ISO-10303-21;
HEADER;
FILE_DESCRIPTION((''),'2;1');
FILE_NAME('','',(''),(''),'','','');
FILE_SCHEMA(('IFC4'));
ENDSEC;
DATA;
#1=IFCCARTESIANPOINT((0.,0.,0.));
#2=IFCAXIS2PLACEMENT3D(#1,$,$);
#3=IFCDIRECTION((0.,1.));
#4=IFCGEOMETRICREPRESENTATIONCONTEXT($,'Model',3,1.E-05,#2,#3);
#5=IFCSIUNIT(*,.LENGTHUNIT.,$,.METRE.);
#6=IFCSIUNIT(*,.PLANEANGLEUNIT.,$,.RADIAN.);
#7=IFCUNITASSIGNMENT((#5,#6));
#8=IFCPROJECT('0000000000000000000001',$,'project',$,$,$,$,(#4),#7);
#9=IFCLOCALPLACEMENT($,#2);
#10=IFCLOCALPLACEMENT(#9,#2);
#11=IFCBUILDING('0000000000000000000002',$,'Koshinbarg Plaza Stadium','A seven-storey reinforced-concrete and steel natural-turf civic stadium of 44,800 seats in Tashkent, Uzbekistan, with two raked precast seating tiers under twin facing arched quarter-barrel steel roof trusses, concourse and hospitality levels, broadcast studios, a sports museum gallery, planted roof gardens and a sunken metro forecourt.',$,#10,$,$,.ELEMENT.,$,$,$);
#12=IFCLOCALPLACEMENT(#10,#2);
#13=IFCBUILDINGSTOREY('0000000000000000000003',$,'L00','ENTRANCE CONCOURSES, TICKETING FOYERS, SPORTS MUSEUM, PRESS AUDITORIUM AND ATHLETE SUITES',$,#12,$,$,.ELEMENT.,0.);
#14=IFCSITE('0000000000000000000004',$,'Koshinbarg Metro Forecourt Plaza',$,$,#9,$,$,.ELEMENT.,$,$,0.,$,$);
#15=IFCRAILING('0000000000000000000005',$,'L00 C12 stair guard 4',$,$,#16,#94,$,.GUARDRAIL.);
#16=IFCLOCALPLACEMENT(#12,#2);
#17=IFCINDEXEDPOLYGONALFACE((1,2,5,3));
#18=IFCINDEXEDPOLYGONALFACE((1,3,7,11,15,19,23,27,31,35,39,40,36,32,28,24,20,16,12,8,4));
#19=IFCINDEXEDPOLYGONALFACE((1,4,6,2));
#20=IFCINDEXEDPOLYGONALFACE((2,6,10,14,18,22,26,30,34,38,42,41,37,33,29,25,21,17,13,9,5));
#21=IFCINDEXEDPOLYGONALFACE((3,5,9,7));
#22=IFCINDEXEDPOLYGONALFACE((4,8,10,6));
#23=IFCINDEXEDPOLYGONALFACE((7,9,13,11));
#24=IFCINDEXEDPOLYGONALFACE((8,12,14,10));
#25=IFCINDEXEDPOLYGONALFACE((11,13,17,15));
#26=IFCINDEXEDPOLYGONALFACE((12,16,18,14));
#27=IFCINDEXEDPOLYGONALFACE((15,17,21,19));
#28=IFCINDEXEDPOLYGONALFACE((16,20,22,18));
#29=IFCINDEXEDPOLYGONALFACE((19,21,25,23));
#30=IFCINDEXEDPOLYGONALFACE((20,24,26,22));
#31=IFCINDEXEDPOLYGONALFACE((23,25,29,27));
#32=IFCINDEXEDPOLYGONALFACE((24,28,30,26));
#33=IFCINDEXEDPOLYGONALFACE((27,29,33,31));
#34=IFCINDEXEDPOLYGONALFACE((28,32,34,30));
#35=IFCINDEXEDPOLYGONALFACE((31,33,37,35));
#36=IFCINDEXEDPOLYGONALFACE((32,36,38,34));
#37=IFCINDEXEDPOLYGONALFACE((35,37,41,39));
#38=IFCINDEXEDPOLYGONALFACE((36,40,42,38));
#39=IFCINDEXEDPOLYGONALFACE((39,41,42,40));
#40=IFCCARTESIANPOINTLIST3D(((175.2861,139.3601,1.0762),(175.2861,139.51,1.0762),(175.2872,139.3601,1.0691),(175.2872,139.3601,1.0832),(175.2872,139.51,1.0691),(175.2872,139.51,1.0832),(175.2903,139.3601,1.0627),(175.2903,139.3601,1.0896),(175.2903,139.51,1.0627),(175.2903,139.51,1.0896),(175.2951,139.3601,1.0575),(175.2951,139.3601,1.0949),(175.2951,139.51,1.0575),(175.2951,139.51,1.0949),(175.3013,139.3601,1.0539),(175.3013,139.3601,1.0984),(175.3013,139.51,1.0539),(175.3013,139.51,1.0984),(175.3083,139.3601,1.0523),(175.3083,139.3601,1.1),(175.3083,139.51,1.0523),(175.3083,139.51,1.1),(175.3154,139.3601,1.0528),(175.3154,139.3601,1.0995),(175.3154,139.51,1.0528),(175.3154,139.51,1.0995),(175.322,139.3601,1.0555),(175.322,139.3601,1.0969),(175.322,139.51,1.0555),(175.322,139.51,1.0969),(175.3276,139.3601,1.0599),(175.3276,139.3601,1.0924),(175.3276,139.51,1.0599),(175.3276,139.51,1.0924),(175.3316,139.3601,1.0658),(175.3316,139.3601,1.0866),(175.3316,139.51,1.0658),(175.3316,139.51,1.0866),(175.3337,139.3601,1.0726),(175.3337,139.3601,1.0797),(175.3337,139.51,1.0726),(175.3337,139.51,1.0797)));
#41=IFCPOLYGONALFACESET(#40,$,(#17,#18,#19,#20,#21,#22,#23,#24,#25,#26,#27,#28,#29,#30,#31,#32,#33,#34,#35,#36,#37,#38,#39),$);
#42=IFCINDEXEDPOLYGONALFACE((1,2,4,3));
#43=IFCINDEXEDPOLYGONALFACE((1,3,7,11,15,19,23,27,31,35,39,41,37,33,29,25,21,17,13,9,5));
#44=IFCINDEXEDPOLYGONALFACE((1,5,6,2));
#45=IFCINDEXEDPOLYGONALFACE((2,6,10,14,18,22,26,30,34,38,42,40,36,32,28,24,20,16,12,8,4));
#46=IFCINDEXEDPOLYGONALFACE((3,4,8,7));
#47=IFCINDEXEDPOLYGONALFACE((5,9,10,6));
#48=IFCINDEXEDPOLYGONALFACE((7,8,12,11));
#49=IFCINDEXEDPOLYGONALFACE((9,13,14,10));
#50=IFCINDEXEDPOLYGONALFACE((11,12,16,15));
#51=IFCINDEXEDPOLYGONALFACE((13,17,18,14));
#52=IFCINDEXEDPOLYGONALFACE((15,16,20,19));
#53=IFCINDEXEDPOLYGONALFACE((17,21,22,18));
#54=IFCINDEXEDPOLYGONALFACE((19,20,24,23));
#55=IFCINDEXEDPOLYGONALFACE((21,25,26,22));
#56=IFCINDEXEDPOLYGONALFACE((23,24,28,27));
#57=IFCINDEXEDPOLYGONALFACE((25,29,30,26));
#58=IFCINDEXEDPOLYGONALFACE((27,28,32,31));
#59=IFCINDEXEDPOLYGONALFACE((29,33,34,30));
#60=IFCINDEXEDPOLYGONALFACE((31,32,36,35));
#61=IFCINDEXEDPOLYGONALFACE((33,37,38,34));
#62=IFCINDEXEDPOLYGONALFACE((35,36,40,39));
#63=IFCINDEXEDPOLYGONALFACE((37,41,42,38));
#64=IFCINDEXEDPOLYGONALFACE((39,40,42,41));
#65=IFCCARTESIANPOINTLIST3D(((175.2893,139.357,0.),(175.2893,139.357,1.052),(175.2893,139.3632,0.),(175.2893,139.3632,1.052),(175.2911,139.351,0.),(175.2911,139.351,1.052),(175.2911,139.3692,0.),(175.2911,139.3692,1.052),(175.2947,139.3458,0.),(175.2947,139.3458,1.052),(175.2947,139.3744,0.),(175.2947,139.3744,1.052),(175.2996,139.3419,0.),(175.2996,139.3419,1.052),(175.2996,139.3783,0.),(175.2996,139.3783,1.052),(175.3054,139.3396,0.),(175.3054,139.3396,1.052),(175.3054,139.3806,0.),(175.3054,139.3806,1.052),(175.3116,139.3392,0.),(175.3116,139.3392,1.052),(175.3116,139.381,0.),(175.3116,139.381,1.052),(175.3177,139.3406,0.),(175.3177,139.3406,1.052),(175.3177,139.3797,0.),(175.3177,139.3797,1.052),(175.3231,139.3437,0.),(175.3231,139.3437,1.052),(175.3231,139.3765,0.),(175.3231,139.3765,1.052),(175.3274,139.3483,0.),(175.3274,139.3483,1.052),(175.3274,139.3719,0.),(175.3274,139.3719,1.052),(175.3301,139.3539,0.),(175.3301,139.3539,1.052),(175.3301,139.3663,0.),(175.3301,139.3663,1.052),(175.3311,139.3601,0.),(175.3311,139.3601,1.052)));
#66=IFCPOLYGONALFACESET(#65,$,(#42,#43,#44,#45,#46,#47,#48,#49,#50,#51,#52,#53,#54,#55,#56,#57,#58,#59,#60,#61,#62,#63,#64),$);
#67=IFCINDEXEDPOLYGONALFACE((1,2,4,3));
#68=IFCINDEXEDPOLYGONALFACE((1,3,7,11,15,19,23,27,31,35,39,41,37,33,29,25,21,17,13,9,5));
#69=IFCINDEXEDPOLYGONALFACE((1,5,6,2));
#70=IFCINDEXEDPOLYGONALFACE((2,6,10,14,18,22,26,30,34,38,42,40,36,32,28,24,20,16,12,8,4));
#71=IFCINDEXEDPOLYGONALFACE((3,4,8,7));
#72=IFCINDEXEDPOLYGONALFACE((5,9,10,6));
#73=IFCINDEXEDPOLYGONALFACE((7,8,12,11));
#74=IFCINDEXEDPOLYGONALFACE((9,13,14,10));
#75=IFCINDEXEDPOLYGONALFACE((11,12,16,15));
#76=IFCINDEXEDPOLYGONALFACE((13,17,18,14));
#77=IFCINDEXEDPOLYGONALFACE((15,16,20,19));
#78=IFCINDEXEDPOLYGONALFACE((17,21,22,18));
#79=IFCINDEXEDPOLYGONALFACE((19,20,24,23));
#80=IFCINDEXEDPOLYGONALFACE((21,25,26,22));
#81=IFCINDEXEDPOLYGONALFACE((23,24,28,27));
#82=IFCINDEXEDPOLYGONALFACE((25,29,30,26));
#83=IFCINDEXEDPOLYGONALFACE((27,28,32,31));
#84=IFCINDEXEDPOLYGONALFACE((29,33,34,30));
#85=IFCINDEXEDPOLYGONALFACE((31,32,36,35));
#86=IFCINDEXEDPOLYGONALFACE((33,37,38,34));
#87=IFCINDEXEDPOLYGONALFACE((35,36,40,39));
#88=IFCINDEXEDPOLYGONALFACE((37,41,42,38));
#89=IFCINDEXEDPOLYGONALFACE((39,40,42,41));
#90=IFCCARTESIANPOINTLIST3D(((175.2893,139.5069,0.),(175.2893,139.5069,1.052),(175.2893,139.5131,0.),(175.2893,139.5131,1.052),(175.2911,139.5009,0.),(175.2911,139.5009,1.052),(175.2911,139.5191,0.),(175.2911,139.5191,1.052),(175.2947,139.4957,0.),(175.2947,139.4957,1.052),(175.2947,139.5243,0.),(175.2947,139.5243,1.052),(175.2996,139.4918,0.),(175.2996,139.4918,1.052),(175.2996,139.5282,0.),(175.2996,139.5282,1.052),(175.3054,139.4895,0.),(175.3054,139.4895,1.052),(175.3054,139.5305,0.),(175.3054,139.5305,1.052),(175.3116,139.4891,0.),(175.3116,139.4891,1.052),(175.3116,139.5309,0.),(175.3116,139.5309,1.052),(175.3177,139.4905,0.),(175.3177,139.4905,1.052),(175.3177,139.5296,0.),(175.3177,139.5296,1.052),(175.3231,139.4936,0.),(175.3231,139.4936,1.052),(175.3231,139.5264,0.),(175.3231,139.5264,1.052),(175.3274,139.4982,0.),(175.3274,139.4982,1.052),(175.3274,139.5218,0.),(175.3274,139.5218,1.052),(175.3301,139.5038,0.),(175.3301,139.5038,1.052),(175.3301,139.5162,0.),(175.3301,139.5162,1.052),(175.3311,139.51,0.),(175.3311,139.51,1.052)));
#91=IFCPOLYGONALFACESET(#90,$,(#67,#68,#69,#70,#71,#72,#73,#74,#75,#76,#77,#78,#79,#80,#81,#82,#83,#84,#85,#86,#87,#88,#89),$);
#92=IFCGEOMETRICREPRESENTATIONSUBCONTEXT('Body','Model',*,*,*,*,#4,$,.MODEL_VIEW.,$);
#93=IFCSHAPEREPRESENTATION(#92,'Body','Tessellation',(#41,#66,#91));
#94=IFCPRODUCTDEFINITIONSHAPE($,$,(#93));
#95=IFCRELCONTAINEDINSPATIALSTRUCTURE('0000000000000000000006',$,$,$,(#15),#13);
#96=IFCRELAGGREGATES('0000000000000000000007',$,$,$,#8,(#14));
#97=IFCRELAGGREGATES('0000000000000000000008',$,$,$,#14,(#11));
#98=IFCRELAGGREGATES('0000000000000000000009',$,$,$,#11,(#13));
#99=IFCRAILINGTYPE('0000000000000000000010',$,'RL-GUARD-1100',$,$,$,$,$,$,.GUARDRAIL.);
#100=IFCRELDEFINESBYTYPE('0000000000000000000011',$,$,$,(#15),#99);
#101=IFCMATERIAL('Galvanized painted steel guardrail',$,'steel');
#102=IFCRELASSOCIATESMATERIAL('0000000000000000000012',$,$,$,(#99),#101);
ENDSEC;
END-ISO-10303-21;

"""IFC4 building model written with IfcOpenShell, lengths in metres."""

from ifc_helpers import new_model, si_unit, direction, frame, origin, origin_2d, place, context, subcontext, project, spatial, circle, extrude, material, type_object, element, save


model = new_model("IFC4")

# Units and contexts
model_context = context("Model", 3, precision=1e-05, world=origin(), true_north=direction((0.0, 1.0)))
body_context = subcontext(model_context, "Body", "Model", "MODEL_VIEW")
ifc_project = project(units=[si_unit("LENGTHUNIT", "METRE"), si_unit("PLANEANGLEUNIT", "RADIAN")], contexts=[model_context])

# Site, building, storey
site_placement = place(None, origin())
site = spatial("IfcSite", under=ifc_project, at=site_placement, Name="Koshinbarg Metro Forecourt Plaza", CompositionType="ELEMENT", RefElevation=0.0)
building_placement = place(site_placement, origin())
building = spatial("IfcBuilding", under=site, at=building_placement, Name="Koshinbarg Plaza Stadium", Description="A seven-storey reinforced-concrete and steel natural-turf civic stadium of 44,800 seats in Tashkent, Uzbekistan, with two raked precast seating tiers under twin facing arched quarter-barrel steel roof trusses, concourse and hospitality levels, broadcast studios, a sports museum gallery, planted roof gardens and a sunken metro forecourt.", CompositionType="ELEMENT")
storey_placement = place(building_placement, origin())
storey = spatial("IfcBuildingStorey", under=building, at=storey_placement, Name="L00", Description="ENTRANCE CONCOURSES, TICKETING FOYERS, SPORTS MUSEUM, PRESS AUDITORIUM AND ATHLETE SUITES", CompositionType="ELEMENT", Elevation=0.0)

# Railing
ifc_material_1 = material(Name="Galvanized painted steel guardrail", Category="steel")
railing_type_1 = type_object("IfcRailingType", Name="RL-GUARD-1100", PredefinedType="GUARDRAIL", material=ifc_material_1)
railing_1_placement = place(storey_placement, frame((175.3101, 139.3601, 0.0)))
element("IfcRailing", 1, at=railing_1_placement, inside=storey, type_object=railing_type_1, Name="L00 C12 stair guard 4", PredefinedType="GUARDRAIL", context=body_context, shape_type="SweptSolid", body=[
    extrude(circle(Radius=0.0239, at=origin_2d()), frame((0.0, 0.0, 1.0762), z_axis=(0.0, 1.0, 0.0), x_axis=(-1.0, 0.0, 0.0)), (0.0, 0.0, 1.0), 0.1499),
    extrude(circle(Radius=0.021, at=origin_2d()), origin(), (0.0, 0.0, 1.0), 1.052),
    extrude(circle(Radius=0.021, at=origin_2d()), frame((0.0, 0.1499, 0.0)), (0.0, 0.0, 1.0), 1.052),
])

save(model, "model.ifc")
